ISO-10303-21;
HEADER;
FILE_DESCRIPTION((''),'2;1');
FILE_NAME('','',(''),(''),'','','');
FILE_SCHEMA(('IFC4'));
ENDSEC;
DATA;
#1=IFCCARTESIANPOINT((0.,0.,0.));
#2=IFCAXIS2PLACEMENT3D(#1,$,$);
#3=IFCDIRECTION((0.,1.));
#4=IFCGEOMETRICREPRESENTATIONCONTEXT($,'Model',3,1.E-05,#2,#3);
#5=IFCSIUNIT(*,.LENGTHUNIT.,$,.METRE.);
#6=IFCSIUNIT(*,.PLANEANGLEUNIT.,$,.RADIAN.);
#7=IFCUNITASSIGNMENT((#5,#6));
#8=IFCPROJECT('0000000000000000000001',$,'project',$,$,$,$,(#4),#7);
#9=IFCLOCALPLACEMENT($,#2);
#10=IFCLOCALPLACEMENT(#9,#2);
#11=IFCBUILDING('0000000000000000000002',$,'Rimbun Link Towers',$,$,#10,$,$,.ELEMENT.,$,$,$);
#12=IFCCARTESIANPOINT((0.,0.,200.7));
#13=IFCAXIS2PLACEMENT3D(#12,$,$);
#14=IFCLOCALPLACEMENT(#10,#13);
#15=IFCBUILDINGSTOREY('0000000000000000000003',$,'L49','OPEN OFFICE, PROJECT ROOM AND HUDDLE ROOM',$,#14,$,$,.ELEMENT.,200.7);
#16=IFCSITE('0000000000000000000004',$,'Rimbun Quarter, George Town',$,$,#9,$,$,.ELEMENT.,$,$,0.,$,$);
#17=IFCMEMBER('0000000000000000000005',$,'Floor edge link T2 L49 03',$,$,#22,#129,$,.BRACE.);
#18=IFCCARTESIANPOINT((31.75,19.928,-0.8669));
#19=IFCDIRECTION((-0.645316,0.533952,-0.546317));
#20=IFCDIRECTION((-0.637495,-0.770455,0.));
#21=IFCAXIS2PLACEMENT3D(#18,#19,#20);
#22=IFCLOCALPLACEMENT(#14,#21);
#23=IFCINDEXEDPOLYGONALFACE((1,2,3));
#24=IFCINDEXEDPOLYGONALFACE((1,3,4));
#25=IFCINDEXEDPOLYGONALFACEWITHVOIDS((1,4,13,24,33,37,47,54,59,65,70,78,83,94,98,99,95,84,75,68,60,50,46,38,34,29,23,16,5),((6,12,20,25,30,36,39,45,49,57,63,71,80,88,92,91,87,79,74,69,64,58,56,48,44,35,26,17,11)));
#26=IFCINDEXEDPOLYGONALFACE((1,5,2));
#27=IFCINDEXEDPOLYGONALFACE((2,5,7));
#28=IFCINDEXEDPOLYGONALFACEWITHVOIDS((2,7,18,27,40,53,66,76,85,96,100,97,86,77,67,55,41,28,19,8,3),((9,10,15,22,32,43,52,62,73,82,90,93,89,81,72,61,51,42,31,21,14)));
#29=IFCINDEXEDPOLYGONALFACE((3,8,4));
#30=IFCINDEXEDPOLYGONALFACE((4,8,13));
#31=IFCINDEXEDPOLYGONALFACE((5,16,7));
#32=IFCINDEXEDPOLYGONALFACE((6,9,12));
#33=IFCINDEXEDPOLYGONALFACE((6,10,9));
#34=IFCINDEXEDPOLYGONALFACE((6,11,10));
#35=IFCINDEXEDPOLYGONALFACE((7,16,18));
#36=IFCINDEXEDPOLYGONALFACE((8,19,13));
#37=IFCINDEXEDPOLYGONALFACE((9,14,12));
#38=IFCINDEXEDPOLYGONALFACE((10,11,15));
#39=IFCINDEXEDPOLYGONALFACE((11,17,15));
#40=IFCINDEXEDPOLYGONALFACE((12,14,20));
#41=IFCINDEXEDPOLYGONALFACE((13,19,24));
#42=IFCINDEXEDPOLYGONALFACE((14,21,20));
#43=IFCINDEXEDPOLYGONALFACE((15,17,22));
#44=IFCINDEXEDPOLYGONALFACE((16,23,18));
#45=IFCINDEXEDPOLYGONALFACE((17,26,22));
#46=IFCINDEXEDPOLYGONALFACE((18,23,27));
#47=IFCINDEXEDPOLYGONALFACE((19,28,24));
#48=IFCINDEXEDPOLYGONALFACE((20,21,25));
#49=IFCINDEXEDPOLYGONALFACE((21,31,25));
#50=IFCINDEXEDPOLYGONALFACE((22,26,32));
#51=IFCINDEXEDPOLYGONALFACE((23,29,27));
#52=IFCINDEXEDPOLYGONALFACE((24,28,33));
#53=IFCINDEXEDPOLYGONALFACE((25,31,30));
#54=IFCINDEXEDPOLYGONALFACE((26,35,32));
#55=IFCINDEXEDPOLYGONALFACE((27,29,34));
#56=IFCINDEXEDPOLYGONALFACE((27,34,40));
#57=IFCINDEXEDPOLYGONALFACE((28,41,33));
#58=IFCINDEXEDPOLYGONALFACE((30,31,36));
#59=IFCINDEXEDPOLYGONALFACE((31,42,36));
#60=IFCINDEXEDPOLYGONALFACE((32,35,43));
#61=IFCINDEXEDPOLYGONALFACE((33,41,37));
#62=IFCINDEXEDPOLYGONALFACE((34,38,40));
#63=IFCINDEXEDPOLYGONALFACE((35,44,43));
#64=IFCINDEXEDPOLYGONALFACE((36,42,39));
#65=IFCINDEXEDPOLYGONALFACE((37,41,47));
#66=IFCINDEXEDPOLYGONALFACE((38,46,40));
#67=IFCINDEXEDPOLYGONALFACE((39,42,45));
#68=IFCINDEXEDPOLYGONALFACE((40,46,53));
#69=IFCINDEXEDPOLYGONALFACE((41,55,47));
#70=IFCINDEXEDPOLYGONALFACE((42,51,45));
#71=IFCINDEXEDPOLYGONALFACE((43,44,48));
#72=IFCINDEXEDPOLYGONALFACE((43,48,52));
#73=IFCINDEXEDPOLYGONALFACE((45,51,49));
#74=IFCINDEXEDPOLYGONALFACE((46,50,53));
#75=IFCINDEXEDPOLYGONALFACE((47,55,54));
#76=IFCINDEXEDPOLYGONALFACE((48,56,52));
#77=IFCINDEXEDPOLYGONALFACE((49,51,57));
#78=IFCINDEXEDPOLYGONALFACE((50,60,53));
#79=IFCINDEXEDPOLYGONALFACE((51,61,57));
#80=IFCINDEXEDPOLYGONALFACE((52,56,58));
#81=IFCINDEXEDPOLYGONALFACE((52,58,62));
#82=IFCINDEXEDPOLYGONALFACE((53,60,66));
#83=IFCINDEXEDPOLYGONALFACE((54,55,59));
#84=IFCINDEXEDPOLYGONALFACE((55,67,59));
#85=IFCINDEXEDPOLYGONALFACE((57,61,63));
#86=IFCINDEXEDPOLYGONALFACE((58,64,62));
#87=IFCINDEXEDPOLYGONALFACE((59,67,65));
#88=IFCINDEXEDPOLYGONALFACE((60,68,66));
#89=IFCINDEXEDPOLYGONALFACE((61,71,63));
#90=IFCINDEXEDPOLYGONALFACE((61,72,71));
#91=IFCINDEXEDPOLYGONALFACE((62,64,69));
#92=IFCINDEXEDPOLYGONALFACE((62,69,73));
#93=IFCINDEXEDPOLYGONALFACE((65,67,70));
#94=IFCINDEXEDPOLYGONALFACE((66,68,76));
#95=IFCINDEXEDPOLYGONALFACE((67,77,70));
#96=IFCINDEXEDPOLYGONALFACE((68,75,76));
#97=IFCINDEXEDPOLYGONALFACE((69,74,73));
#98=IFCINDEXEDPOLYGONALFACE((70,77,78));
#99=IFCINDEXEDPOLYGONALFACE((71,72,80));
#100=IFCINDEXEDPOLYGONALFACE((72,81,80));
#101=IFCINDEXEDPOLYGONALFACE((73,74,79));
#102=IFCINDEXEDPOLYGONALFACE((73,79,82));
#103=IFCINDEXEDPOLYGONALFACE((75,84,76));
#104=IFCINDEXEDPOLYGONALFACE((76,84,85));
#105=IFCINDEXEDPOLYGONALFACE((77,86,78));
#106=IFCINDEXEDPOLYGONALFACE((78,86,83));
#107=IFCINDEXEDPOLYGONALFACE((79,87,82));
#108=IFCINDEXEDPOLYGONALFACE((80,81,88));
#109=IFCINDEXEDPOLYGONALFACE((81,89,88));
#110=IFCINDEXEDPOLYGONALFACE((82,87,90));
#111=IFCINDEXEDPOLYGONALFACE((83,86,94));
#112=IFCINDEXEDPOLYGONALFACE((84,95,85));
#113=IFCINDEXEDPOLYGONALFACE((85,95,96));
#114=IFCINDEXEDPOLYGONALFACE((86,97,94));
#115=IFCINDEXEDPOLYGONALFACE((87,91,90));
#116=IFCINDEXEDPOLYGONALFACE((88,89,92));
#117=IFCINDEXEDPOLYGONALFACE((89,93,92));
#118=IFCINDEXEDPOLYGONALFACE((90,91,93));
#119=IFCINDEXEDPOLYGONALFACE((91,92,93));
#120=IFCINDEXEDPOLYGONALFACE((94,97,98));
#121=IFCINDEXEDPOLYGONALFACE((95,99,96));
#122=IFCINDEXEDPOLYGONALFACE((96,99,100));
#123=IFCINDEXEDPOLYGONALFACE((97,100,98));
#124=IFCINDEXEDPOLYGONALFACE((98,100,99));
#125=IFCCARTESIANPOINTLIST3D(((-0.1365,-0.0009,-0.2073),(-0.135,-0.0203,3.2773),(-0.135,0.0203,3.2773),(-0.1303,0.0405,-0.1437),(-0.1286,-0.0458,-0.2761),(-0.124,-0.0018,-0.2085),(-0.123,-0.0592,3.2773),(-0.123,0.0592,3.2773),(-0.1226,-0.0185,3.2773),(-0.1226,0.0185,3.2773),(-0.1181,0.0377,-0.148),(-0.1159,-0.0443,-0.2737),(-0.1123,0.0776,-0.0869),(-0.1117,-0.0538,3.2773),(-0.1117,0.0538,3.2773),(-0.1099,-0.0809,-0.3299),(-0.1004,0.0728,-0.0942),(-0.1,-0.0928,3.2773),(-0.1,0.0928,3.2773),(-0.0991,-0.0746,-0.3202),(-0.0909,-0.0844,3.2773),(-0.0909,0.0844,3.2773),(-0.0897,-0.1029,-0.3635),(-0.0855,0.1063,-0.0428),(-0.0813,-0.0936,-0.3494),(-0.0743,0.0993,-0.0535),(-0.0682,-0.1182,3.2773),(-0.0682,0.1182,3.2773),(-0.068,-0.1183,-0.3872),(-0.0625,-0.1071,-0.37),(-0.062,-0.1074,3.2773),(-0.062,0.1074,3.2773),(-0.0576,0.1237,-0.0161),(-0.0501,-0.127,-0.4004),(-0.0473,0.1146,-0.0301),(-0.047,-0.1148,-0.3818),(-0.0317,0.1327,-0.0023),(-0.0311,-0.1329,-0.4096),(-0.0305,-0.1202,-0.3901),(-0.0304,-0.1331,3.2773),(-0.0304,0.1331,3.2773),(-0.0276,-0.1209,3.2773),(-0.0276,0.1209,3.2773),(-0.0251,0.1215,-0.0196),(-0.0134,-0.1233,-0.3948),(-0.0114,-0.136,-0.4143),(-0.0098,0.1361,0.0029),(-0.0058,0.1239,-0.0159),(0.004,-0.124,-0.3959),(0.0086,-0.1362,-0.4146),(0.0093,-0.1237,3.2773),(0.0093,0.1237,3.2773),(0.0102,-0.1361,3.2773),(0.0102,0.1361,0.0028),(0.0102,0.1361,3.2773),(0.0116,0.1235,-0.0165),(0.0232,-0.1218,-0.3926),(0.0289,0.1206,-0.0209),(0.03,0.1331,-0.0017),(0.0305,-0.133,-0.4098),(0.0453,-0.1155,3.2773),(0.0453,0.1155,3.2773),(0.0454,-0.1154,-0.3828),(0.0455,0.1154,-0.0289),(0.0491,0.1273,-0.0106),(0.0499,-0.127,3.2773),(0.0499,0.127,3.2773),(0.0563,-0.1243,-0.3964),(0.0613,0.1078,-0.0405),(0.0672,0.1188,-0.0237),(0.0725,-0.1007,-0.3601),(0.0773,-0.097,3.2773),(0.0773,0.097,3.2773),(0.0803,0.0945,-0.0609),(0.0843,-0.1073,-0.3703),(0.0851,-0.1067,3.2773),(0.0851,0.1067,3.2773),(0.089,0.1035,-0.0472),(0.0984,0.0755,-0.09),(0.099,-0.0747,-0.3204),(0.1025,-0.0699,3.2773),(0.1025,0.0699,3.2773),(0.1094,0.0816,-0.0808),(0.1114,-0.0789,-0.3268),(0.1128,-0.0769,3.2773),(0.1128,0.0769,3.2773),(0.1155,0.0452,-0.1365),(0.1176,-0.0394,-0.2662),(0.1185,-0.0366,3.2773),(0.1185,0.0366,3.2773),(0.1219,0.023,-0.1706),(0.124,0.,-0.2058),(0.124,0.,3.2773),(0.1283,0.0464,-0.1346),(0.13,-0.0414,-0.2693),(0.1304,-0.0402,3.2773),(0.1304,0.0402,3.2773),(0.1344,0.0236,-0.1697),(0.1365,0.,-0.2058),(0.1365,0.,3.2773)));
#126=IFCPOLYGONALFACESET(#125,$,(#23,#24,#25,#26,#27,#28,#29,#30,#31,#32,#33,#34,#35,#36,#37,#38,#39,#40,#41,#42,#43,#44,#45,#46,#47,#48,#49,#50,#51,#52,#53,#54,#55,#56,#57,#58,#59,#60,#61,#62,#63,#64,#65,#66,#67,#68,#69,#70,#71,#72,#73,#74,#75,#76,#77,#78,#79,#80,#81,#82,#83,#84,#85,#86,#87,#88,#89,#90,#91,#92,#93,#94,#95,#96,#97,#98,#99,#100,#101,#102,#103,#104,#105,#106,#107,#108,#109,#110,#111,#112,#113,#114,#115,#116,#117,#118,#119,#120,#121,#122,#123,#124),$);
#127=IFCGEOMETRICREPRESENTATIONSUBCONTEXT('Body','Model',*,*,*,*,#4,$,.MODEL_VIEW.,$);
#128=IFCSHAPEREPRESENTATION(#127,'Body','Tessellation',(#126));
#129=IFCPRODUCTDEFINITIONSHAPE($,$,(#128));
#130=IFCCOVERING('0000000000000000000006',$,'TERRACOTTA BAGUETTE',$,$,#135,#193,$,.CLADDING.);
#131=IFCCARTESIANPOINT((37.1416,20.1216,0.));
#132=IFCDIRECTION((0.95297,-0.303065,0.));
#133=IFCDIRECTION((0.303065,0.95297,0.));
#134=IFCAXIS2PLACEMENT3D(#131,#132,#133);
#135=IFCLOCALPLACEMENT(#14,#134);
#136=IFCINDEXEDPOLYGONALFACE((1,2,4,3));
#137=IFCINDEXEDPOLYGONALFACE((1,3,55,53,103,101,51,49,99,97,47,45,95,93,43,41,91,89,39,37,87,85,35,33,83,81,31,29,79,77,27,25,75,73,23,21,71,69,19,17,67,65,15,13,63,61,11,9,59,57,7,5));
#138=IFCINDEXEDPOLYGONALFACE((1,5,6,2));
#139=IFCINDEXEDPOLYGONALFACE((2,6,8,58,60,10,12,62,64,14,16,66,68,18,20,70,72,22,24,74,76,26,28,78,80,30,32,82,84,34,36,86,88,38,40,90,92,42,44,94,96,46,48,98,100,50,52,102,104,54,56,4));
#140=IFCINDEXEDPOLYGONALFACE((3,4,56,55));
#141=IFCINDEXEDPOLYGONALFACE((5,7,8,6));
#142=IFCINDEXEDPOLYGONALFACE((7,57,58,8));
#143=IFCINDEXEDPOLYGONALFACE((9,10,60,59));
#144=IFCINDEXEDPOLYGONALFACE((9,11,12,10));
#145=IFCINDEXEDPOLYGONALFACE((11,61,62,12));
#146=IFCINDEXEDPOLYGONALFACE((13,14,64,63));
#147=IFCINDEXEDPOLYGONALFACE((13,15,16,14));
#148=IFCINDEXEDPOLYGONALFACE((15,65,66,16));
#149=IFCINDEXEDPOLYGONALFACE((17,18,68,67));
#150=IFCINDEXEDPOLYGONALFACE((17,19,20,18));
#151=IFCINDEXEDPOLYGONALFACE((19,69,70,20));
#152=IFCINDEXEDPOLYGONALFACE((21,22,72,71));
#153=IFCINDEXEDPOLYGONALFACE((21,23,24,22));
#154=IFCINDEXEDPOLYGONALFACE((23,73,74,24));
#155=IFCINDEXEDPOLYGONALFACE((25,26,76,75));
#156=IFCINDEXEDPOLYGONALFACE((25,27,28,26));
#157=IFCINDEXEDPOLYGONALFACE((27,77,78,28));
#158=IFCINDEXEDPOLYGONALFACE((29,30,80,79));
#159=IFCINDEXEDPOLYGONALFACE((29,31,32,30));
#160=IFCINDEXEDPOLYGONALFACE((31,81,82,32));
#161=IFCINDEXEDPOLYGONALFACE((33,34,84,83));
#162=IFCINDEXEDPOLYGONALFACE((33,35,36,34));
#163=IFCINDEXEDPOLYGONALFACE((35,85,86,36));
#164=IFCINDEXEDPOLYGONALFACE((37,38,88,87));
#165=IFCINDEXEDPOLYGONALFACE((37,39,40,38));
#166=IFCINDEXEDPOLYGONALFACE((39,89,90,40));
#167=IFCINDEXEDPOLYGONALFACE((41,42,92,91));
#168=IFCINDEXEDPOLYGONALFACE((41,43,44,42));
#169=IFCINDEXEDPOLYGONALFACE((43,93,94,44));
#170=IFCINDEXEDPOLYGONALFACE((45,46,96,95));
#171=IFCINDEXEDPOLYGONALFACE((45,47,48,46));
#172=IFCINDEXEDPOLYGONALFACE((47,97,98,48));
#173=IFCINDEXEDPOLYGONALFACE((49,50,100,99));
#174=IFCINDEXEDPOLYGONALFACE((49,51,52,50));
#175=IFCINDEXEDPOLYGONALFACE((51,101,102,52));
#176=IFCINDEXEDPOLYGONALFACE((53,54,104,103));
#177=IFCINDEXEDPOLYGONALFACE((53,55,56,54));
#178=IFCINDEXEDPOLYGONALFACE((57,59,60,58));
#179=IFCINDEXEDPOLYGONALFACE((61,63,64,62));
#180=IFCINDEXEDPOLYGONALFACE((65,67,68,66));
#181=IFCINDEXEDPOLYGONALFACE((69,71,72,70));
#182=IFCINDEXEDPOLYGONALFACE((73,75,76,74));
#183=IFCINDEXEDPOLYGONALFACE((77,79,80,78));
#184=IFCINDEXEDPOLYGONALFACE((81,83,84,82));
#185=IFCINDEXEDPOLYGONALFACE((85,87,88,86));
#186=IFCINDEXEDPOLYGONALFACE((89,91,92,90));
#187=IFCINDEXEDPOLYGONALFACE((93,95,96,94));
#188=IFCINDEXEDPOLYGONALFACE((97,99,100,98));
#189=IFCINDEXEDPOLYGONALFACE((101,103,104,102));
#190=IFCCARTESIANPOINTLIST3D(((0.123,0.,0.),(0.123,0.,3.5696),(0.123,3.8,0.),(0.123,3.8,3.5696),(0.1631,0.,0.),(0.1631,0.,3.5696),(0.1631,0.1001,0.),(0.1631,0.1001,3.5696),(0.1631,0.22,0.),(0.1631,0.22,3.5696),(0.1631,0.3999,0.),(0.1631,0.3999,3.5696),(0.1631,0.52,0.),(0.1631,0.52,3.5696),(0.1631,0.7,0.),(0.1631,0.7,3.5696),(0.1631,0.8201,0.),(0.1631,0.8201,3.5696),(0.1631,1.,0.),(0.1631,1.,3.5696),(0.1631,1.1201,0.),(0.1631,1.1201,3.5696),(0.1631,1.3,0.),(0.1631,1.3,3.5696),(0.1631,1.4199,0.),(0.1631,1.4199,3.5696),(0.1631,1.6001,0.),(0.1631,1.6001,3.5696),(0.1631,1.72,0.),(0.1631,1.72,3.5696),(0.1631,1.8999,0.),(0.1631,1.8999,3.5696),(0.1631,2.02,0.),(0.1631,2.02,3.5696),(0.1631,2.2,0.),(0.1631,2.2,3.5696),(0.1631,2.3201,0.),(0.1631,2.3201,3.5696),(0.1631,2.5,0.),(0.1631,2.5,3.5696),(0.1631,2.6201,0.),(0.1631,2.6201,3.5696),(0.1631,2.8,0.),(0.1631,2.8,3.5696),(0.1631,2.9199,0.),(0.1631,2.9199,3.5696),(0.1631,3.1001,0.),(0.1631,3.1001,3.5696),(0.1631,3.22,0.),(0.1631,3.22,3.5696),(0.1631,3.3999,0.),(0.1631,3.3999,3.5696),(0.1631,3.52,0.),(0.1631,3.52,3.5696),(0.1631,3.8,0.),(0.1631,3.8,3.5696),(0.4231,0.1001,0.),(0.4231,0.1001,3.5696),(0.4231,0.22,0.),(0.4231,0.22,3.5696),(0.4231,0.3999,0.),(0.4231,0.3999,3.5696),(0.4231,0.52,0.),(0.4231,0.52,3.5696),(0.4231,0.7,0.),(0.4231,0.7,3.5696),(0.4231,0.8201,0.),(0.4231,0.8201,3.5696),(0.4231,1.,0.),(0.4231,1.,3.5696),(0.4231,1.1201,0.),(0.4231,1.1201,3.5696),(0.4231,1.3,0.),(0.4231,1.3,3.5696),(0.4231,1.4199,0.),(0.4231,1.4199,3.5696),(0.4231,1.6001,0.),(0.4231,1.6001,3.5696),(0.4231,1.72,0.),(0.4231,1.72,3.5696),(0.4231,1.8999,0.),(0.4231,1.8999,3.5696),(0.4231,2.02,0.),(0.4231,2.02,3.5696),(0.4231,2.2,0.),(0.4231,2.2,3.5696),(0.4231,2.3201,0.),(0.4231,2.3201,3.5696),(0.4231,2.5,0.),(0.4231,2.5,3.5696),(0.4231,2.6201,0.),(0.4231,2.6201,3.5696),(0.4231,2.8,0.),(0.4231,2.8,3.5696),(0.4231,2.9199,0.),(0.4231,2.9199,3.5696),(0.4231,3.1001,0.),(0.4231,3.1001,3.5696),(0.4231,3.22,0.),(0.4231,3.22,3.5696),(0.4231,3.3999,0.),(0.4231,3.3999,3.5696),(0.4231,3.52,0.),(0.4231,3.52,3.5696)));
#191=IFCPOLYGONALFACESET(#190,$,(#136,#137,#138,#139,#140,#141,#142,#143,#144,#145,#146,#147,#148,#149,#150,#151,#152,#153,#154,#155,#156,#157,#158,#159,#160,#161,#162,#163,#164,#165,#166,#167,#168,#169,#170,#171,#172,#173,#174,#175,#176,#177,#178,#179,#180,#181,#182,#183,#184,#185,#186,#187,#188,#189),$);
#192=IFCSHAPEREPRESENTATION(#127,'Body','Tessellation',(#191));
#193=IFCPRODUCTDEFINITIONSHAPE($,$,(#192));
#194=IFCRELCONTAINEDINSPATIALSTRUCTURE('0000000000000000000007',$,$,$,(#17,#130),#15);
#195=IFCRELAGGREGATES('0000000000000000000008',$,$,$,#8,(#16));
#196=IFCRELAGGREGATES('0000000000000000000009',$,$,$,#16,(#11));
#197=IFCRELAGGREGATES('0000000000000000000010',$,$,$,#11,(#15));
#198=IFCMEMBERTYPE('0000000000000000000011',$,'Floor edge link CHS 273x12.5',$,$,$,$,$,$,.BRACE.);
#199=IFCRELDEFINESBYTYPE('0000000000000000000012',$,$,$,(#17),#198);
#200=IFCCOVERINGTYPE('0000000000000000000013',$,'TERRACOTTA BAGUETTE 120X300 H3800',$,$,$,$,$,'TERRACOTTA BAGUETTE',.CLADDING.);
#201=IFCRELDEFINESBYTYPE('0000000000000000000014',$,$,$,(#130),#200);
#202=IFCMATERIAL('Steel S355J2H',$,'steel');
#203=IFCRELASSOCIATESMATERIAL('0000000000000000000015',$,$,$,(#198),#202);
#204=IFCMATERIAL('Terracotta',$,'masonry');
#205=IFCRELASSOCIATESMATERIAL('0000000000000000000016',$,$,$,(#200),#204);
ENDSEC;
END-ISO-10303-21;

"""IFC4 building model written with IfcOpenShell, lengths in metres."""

from ifc_helpers import new_model, si_unit, direction, frame, origin, origin_2d, place, context, subcontext, project, spatial, polyline, hollow_circle, outline, extrude, clip, halfspace, material, material_profile, profile_set, type_object, element, save


model = new_model("IFC4")

# Units and contexts
model_context = context("Model", 3, precision=1e-05, world=origin(), true_north=direction((0.0, 1.0)))
body_context = subcontext(model_context, "Body", "Model", "MODEL_VIEW")
ifc_project = project(units=[si_unit("LENGTHUNIT", "METRE"), si_unit("PLANEANGLEUNIT", "RADIAN")], contexts=[model_context])

# Site, building, storey
site_placement = place(None, origin())
site = spatial("IfcSite", under=ifc_project, at=site_placement, Name="Rimbun Quarter, George Town", CompositionType="ELEMENT", RefElevation=0.0)
building_placement = place(site_placement, origin())
building = spatial("IfcBuilding", under=site, at=building_placement, Name="Rimbun Link Towers", CompositionType="ELEMENT")
storey_placement = place(building_placement, frame((0.0, 0.0, 200.7)))
storey = spatial("IfcBuildingStorey", under=building, at=storey_placement, Name="L49", Description="OPEN OFFICE, PROJECT ROOM AND HUDDLE ROOM", CompositionType="ELEMENT", Elevation=200.7)

# Member
ifc_material_1 = material(Name="Steel S355J2H", Category="steel")
ifc_material_profile_1 = material_profile(ifc_material_1, hollow_circle(Radius=0.1365, WallThickness=0.0125, at=origin_2d()), Name="CHS 273x12.5")
ifc_profile_set_1 = profile_set([ifc_material_profile_1], Name="Steel S355J2H")
member_type_1 = type_object("IfcMemberType", Name="Floor edge link CHS 273x12.5", PredefinedType="BRACE", material=ifc_profile_set_1)
member_1_placement = place(storey_placement, frame((31.75, 19.928, -0.8669), z_axis=(-0.645316, 0.533952, -0.546317), x_axis=(-0.637495, -0.770455, 0.0)))
element("IfcMember", 1, at=member_1_placement, inside=storey, type_object=member_type_1, Name="Floor edge link T2 L49 03", PredefinedType="BRACE", context=body_context, shape_type="Clipping", body=[
    clip(extrude(hollow_circle(Radius=0.1365, WallThickness=0.0125, at=origin_2d()), frame((0.0, 0.0, -0.437)), (0.0, 0.0, 1.0), 3.7144), halfspace(frame((0.0, 0.0, -0.2058), z_axis=(0.0, 0.837578, -0.546317)), False)),
])

# Covering
ifc_material_2 = material(Name="Terracotta", Category="masonry")
ifc_material_profile_2 = material_profile(ifc_material_2, outline(polyline([(0.123, 0.0), (0.1631, 0.0), (0.1631, 0.1001), (0.4231, 0.1001), (0.4231, 0.22), (0.1631, 0.22), (0.1631, 0.3999), (0.4231, 0.3999), (0.4231, 0.52), (0.1631, 0.52), (0.1631, 0.7), (0.4231, 0.7), (0.4231, 0.8201), (0.1631, 0.8201), (0.1631, 1.0), (0.4231, 1.0), (0.4231, 1.1201), (0.1631, 1.1201), (0.1631, 1.3), (0.4231, 1.3), (0.4231, 1.4199), (0.1631, 1.4199), (0.1631, 1.6001), (0.4231, 1.6001), (0.4231, 1.72), (0.1631, 1.72), (0.1631, 1.8999), (0.4231, 1.8999), (0.4231, 2.02), (0.1631, 2.02), (0.1631, 2.2), (0.4231, 2.2), (0.4231, 2.3201), (0.1631, 2.3201), (0.1631, 2.5), (0.4231, 2.5), (0.4231, 2.6201), (0.1631, 2.6201), (0.1631, 2.8), (0.4231, 2.8), (0.4231, 2.9199), (0.1631, 2.9199), (0.1631, 3.1001), (0.4231, 3.1001), (0.4231, 3.22), (0.1631, 3.22), (0.1631, 3.3999), (0.4231, 3.3999), (0.4231, 3.52), (0.1631, 3.52), (0.1631, 3.8), (0.123, 3.8), (0.123, 0.0)])), Name="BAGUETTE 120X300")
ifc_profile_set_2 = profile_set([ifc_material_profile_2], Name="Terracotta")
covering_type = type_object("IfcCoveringType", Name="TERRACOTTA BAGUETTE 120X300 H3800", ElementType="TERRACOTTA BAGUETTE", PredefinedType="CLADDING", material=ifc_profile_set_2)
covering_1_placement = place(storey_placement, frame((37.1416, 20.1216, 0.0), z_axis=(0.95297, -0.303065, 0.0), x_axis=(0.303065, 0.95297, 0.0)))
element("IfcCovering", 2, at=covering_1_placement, inside=storey, type_object=covering_type, Name="TERRACOTTA BAGUETTE", PredefinedType="CLADDING", context=body_context, shape_type="SweptSolid", body=[
    extrude(outline(polyline([(0.123, 0.0), (0.1631, 0.0), (0.1631, 0.1001), (0.4231, 0.1001), (0.4231, 0.22), (0.1631, 0.22), (0.1631, 0.3999), (0.4231, 0.3999), (0.4231, 0.52), (0.1631, 0.52), (0.1631, 0.7), (0.4231, 0.7), (0.4231, 0.8201), (0.1631, 0.8201), (0.1631, 1.0), (0.4231, 1.0), (0.4231, 1.1201), (0.1631, 1.1201), (0.1631, 1.3), (0.4231, 1.3), (0.4231, 1.4199), (0.1631, 1.4199), (0.1631, 1.6001), (0.4231, 1.6001), (0.4231, 1.72), (0.1631, 1.72), (0.1631, 1.8999), (0.4231, 1.8999), (0.4231, 2.02), (0.1631, 2.02), (0.1631, 2.2), (0.4231, 2.2), (0.4231, 2.3201), (0.1631, 2.3201), (0.1631, 2.5), (0.4231, 2.5), (0.4231, 2.6201), (0.1631, 2.6201), (0.1631, 2.8), (0.4231, 2.8), (0.4231, 2.9199), (0.1631, 2.9199), (0.1631, 3.1001), (0.4231, 3.1001), (0.4231, 3.22), (0.1631, 3.22), (0.1631, 3.3999), (0.4231, 3.3999), (0.4231, 3.52), (0.1631, 3.52), (0.1631, 3.8), (0.123, 3.8), (0.123, 0.0)])), origin(), (0.0, 0.0, 1.0), 3.5696),
])

save(model, "model.ifc")
